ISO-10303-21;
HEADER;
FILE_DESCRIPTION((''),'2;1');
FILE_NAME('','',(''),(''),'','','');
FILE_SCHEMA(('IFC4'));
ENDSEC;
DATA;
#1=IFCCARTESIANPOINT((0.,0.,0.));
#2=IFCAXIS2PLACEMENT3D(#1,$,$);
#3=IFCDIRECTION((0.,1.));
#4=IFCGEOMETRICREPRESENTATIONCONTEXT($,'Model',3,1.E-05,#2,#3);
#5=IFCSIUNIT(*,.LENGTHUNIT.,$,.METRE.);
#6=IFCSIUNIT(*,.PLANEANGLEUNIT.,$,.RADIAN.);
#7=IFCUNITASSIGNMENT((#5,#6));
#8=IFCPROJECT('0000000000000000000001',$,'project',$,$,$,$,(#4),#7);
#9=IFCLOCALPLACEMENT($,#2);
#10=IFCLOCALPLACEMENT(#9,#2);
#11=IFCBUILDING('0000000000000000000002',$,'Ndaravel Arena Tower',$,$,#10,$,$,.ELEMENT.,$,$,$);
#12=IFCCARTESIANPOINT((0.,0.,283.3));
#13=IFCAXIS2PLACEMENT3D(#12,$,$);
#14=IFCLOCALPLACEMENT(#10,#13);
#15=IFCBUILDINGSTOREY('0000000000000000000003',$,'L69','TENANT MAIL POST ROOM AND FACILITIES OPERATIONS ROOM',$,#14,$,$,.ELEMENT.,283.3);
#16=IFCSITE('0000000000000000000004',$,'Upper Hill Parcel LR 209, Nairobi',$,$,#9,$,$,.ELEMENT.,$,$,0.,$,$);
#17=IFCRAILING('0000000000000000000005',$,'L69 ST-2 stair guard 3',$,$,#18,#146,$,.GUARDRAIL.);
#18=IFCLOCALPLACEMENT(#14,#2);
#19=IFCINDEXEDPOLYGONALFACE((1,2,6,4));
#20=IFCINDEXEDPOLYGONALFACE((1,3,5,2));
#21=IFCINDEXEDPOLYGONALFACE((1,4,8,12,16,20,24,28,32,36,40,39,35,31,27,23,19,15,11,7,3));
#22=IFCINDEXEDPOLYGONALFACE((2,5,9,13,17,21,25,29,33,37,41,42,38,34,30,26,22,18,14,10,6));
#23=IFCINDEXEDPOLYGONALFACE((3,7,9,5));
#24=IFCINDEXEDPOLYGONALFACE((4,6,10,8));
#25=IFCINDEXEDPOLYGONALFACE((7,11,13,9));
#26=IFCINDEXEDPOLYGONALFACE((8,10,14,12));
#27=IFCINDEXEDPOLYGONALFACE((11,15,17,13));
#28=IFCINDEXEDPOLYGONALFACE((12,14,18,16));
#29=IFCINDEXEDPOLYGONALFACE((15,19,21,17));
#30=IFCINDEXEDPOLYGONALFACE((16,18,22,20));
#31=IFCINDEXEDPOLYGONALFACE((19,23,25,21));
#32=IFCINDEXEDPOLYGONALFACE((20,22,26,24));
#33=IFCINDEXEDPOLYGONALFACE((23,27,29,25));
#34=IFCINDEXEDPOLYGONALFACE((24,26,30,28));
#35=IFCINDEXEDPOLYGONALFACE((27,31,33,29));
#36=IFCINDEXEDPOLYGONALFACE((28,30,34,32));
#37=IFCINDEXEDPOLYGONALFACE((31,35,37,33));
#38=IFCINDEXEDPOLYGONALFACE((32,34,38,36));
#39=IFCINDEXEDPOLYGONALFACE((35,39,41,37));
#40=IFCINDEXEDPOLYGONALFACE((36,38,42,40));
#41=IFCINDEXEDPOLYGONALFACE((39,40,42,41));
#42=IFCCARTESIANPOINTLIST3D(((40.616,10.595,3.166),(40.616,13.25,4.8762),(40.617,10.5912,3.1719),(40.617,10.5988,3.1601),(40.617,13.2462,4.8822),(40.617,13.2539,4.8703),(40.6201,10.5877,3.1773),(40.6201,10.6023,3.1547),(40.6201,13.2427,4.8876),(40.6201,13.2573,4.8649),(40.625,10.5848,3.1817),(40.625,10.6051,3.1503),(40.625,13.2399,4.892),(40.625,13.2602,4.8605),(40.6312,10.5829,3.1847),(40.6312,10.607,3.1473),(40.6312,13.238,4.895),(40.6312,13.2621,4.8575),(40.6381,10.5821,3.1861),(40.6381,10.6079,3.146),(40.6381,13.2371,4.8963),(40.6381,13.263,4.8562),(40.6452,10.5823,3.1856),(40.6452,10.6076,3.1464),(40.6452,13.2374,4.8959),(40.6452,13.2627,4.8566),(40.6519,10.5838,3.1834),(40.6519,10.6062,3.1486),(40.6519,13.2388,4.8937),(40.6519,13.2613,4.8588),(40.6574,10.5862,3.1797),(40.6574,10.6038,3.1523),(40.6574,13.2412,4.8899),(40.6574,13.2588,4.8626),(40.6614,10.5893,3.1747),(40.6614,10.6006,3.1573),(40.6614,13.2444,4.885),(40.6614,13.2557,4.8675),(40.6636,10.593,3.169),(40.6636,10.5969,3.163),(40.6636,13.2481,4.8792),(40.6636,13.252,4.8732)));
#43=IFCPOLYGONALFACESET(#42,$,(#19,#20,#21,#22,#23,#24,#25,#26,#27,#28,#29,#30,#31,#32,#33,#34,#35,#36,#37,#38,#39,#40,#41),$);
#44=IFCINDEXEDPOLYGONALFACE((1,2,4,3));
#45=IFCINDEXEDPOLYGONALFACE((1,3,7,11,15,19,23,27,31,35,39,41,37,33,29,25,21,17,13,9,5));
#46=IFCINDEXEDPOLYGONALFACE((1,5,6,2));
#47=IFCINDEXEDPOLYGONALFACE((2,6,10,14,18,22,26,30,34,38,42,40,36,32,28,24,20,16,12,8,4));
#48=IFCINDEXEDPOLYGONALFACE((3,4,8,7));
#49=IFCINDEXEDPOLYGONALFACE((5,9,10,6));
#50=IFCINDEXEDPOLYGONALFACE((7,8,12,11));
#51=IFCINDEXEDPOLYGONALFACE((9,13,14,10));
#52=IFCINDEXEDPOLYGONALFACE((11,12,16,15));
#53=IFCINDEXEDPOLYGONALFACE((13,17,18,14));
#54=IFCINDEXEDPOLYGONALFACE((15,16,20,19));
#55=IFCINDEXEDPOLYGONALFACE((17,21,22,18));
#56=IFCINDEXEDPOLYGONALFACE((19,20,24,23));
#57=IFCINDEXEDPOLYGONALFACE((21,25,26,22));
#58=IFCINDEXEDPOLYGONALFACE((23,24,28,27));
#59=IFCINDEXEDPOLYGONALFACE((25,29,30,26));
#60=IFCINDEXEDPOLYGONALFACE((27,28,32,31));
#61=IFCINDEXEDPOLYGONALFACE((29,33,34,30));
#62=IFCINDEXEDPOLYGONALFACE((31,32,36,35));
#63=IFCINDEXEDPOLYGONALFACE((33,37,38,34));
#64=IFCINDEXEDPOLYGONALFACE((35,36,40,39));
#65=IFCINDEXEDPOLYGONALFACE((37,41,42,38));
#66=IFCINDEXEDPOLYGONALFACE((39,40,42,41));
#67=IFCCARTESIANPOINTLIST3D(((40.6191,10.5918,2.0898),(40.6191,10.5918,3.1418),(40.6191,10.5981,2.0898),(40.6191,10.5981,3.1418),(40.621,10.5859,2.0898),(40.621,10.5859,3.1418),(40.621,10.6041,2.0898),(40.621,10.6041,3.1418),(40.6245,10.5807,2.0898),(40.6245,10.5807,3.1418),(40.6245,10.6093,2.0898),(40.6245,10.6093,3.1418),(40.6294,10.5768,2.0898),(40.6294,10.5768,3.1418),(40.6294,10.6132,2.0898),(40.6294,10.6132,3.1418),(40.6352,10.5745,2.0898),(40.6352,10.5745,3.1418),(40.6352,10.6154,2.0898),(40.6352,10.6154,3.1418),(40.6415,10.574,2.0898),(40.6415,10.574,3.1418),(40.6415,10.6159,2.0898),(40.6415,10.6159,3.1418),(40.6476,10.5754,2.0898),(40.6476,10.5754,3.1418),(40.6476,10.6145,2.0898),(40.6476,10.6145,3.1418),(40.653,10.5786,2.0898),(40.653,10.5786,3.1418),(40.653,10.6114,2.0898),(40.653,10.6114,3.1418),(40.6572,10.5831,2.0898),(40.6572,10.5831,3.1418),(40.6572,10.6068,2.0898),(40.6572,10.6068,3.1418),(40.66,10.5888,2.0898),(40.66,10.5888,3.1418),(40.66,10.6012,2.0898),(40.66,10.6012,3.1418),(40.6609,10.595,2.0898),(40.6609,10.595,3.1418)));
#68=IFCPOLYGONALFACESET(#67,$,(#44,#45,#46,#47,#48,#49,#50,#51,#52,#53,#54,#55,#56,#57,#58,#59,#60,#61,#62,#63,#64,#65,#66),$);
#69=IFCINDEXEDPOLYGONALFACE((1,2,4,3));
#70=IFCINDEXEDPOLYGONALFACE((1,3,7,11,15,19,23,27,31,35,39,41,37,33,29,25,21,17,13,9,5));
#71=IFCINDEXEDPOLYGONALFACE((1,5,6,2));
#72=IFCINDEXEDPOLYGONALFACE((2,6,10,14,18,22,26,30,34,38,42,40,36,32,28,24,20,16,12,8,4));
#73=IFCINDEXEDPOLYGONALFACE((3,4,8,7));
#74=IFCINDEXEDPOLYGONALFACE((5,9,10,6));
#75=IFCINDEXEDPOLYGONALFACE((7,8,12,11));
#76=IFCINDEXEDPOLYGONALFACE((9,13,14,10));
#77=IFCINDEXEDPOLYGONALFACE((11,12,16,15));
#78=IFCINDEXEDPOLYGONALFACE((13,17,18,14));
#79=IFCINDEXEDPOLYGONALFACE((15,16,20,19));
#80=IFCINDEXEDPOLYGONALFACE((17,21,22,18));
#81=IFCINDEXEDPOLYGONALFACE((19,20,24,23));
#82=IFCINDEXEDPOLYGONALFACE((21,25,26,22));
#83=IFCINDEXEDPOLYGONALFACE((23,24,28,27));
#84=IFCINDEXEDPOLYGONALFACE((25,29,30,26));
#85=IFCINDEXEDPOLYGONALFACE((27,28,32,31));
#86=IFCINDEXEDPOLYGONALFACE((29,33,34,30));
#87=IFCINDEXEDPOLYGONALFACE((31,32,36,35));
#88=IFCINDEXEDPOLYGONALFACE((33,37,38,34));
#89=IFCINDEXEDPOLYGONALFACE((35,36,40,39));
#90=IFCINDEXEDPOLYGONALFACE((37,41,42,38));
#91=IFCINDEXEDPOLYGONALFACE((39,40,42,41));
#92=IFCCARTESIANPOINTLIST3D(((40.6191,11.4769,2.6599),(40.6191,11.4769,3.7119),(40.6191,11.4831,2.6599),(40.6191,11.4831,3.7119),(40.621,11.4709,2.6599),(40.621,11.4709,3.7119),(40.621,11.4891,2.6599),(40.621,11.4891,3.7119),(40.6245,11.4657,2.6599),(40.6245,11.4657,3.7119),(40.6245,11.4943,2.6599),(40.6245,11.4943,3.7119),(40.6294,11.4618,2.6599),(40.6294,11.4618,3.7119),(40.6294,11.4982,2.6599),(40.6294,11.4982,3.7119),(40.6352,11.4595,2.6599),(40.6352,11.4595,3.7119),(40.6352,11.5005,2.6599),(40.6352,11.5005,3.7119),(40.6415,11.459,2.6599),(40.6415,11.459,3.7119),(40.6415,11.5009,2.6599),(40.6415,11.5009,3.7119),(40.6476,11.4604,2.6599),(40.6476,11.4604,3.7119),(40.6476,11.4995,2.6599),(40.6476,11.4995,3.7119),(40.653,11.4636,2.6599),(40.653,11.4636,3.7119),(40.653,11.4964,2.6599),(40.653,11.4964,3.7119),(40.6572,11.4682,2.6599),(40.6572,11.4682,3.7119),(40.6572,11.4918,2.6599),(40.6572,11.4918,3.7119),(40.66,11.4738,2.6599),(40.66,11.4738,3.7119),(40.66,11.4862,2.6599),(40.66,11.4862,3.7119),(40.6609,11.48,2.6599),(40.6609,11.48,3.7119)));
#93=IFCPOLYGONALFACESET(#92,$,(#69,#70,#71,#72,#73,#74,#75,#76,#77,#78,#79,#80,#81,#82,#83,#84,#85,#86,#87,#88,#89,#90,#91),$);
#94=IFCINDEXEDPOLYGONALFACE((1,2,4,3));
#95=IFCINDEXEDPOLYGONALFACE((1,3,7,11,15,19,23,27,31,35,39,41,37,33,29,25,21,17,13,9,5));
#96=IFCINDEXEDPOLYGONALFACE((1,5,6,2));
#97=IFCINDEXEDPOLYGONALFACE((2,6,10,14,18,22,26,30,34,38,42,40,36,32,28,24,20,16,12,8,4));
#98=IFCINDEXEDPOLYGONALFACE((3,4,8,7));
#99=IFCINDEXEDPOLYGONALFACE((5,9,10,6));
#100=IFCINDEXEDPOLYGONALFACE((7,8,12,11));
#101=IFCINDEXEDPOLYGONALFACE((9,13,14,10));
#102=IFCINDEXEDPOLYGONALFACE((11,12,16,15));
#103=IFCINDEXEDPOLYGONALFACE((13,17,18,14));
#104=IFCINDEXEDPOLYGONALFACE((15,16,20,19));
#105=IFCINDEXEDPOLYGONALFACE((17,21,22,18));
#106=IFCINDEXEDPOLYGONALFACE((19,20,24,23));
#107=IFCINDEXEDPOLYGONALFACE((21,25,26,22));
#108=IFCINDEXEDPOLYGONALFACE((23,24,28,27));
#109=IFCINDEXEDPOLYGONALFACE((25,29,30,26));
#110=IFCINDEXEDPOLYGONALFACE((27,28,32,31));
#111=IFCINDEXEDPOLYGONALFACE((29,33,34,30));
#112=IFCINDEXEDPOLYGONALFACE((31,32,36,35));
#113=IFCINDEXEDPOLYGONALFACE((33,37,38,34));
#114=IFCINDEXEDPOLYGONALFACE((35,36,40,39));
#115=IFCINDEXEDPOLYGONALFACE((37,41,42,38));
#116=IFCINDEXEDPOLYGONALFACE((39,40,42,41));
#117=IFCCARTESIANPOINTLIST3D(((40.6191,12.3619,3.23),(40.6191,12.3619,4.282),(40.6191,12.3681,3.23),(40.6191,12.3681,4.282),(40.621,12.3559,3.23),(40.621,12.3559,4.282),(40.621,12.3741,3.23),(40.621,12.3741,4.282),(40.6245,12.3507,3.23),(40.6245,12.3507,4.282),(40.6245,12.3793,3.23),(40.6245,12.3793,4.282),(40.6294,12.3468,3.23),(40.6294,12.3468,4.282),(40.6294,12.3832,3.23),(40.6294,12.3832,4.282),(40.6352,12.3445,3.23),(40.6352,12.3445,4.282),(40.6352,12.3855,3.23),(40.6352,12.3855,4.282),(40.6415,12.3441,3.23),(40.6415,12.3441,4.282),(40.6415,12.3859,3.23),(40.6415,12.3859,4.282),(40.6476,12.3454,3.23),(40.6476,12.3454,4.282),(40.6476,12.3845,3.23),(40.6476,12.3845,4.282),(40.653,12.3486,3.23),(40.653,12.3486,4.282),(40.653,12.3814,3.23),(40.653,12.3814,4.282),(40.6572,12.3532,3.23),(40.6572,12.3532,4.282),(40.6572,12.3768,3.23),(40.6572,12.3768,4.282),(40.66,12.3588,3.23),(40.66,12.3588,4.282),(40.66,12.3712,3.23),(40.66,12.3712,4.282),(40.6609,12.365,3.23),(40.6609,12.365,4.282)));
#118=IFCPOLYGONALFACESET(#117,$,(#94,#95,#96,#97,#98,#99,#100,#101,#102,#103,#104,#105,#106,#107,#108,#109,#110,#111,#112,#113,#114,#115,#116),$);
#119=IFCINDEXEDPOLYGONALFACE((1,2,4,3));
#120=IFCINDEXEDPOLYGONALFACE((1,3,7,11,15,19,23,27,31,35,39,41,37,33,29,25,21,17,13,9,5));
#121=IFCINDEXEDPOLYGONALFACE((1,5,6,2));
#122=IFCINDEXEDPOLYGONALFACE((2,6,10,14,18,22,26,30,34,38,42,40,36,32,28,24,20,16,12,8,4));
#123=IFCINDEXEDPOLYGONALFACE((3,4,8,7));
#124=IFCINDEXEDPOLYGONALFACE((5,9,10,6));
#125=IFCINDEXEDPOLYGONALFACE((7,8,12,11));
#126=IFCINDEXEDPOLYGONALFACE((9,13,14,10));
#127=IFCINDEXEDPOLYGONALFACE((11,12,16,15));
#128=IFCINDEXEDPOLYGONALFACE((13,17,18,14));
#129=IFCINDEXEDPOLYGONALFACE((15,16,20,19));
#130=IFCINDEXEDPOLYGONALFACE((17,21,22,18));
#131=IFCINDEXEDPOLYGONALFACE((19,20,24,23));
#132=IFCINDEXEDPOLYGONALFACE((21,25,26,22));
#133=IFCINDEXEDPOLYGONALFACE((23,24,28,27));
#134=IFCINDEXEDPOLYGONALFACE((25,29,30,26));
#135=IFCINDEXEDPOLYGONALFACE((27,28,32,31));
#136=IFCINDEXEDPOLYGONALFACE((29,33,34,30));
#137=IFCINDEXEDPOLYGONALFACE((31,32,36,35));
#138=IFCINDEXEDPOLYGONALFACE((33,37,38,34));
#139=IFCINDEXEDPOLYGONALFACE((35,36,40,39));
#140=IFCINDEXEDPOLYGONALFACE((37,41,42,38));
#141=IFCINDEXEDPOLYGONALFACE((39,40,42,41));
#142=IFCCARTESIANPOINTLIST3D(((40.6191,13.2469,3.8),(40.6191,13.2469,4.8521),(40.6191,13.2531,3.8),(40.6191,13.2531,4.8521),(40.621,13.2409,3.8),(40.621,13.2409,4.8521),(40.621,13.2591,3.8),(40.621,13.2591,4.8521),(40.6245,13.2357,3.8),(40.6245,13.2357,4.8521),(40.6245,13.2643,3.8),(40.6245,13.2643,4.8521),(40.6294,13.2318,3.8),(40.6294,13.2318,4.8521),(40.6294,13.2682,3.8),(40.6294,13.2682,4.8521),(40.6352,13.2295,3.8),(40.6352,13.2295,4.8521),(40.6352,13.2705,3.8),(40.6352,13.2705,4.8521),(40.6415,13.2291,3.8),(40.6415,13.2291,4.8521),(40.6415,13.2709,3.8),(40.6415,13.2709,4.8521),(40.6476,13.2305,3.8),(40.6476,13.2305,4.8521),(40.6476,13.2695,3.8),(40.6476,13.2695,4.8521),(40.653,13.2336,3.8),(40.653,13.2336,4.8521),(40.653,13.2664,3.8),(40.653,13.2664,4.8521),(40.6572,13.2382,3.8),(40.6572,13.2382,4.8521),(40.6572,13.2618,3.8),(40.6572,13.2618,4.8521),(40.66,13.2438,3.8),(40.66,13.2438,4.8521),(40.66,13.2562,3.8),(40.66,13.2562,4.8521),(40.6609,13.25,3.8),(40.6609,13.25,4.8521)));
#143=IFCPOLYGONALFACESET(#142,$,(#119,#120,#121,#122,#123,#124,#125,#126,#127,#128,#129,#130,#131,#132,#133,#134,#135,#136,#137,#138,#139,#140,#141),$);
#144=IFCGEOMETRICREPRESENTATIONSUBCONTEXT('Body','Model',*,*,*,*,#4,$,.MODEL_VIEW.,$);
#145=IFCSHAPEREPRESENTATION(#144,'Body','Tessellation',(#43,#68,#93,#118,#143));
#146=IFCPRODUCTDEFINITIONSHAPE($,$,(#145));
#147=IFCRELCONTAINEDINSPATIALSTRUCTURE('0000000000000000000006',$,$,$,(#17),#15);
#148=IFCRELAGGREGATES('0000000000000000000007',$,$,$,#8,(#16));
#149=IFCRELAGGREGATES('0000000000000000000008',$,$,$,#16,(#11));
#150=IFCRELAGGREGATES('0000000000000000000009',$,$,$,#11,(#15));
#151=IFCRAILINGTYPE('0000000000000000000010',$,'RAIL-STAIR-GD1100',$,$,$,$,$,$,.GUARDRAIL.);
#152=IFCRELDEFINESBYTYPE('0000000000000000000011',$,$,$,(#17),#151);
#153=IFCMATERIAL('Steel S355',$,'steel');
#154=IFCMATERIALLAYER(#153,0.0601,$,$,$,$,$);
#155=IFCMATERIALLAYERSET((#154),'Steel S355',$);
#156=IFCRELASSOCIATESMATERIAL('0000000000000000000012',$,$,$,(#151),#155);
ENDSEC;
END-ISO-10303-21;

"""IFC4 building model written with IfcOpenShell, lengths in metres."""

from ifc_helpers import new_model, si_unit, direction, frame, origin, origin_2d, place, context, subcontext, project, spatial, circle, extrude, material, layer, layer_set, type_object, element, save


model = new_model("IFC4")

# Units and contexts
model_context = context("Model", 3, precision=1e-05, world=origin(), true_north=direction((0.0, 1.0)))
body_context = subcontext(model_context, "Body", "Model", "MODEL_VIEW")
ifc_project = project(units=[si_unit("LENGTHUNIT", "METRE"), si_unit("PLANEANGLEUNIT", "RADIAN")], contexts=[model_context])

# Site, building, storey
site_placement = place(None, origin())
site = spatial("IfcSite", under=ifc_project, at=site_placement, Name="Upper Hill Parcel LR 209, Nairobi", CompositionType="ELEMENT", RefElevation=0.0)
building_placement = place(site_placement, origin())
building = spatial("IfcBuilding", under=site, at=building_placement, Name="Ndaravel Arena Tower", CompositionType="ELEMENT")
storey_placement = place(building_placement, frame((0.0, 0.0, 283.3)))
storey = spatial("IfcBuildingStorey", under=building, at=storey_placement, Name="L69", Description="TENANT MAIL POST ROOM AND FACILITIES OPERATIONS ROOM", CompositionType="ELEMENT", Elevation=283.3)

# Railing
ifc_material_1 = material(Name="Steel S355", Category="steel")
ifc_layer_1 = layer(ifc_material_1, 0.0601)
ifc_layer_set_1 = layer_set([ifc_layer_1], Name="Steel S355")
railing_type_1 = type_object("IfcRailingType", Name="RAIL-STAIR-GD1100", PredefinedType="GUARDRAIL", material=ifc_layer_set_1)
railing_1_placement = place(storey_placement, frame((40.6399, 10.595, 2.0898)))
element("IfcRailing", 1, at=railing_1_placement, inside=storey, type_object=railing_type_1, Name="L69 ST-2 stair guard 3", PredefinedType="GUARDRAIL", context=body_context, shape_type="SweptSolid", body=[
    extrude(circle(Radius=0.0239, at=origin_2d()), frame((0.0, 0.0, 1.0762), z_axis=(0.0, 0.840688, 0.541519), x_axis=(-1.0, 0.0, 0.0)), (0.0, 0.0, 1.0), 3.1582),
    extrude(circle(Radius=0.021, at=origin_2d()), origin(), (0.0, 0.0, 1.0), 1.052),
    extrude(circle(Radius=0.021, at=origin_2d()), frame((0.0, 0.885, 0.5701)), (0.0, 0.0, 1.0), 1.052),
    extrude(circle(Radius=0.021, at=origin_2d()), frame((0.0, 1.77, 1.1401)), (0.0, 0.0, 1.0), 1.052),
    extrude(circle(Radius=0.021, at=origin_2d()), frame((0.0, 2.655, 1.7102)), (0.0, 0.0, 1.0), 1.052),
])

save(model, "model.ifc")
